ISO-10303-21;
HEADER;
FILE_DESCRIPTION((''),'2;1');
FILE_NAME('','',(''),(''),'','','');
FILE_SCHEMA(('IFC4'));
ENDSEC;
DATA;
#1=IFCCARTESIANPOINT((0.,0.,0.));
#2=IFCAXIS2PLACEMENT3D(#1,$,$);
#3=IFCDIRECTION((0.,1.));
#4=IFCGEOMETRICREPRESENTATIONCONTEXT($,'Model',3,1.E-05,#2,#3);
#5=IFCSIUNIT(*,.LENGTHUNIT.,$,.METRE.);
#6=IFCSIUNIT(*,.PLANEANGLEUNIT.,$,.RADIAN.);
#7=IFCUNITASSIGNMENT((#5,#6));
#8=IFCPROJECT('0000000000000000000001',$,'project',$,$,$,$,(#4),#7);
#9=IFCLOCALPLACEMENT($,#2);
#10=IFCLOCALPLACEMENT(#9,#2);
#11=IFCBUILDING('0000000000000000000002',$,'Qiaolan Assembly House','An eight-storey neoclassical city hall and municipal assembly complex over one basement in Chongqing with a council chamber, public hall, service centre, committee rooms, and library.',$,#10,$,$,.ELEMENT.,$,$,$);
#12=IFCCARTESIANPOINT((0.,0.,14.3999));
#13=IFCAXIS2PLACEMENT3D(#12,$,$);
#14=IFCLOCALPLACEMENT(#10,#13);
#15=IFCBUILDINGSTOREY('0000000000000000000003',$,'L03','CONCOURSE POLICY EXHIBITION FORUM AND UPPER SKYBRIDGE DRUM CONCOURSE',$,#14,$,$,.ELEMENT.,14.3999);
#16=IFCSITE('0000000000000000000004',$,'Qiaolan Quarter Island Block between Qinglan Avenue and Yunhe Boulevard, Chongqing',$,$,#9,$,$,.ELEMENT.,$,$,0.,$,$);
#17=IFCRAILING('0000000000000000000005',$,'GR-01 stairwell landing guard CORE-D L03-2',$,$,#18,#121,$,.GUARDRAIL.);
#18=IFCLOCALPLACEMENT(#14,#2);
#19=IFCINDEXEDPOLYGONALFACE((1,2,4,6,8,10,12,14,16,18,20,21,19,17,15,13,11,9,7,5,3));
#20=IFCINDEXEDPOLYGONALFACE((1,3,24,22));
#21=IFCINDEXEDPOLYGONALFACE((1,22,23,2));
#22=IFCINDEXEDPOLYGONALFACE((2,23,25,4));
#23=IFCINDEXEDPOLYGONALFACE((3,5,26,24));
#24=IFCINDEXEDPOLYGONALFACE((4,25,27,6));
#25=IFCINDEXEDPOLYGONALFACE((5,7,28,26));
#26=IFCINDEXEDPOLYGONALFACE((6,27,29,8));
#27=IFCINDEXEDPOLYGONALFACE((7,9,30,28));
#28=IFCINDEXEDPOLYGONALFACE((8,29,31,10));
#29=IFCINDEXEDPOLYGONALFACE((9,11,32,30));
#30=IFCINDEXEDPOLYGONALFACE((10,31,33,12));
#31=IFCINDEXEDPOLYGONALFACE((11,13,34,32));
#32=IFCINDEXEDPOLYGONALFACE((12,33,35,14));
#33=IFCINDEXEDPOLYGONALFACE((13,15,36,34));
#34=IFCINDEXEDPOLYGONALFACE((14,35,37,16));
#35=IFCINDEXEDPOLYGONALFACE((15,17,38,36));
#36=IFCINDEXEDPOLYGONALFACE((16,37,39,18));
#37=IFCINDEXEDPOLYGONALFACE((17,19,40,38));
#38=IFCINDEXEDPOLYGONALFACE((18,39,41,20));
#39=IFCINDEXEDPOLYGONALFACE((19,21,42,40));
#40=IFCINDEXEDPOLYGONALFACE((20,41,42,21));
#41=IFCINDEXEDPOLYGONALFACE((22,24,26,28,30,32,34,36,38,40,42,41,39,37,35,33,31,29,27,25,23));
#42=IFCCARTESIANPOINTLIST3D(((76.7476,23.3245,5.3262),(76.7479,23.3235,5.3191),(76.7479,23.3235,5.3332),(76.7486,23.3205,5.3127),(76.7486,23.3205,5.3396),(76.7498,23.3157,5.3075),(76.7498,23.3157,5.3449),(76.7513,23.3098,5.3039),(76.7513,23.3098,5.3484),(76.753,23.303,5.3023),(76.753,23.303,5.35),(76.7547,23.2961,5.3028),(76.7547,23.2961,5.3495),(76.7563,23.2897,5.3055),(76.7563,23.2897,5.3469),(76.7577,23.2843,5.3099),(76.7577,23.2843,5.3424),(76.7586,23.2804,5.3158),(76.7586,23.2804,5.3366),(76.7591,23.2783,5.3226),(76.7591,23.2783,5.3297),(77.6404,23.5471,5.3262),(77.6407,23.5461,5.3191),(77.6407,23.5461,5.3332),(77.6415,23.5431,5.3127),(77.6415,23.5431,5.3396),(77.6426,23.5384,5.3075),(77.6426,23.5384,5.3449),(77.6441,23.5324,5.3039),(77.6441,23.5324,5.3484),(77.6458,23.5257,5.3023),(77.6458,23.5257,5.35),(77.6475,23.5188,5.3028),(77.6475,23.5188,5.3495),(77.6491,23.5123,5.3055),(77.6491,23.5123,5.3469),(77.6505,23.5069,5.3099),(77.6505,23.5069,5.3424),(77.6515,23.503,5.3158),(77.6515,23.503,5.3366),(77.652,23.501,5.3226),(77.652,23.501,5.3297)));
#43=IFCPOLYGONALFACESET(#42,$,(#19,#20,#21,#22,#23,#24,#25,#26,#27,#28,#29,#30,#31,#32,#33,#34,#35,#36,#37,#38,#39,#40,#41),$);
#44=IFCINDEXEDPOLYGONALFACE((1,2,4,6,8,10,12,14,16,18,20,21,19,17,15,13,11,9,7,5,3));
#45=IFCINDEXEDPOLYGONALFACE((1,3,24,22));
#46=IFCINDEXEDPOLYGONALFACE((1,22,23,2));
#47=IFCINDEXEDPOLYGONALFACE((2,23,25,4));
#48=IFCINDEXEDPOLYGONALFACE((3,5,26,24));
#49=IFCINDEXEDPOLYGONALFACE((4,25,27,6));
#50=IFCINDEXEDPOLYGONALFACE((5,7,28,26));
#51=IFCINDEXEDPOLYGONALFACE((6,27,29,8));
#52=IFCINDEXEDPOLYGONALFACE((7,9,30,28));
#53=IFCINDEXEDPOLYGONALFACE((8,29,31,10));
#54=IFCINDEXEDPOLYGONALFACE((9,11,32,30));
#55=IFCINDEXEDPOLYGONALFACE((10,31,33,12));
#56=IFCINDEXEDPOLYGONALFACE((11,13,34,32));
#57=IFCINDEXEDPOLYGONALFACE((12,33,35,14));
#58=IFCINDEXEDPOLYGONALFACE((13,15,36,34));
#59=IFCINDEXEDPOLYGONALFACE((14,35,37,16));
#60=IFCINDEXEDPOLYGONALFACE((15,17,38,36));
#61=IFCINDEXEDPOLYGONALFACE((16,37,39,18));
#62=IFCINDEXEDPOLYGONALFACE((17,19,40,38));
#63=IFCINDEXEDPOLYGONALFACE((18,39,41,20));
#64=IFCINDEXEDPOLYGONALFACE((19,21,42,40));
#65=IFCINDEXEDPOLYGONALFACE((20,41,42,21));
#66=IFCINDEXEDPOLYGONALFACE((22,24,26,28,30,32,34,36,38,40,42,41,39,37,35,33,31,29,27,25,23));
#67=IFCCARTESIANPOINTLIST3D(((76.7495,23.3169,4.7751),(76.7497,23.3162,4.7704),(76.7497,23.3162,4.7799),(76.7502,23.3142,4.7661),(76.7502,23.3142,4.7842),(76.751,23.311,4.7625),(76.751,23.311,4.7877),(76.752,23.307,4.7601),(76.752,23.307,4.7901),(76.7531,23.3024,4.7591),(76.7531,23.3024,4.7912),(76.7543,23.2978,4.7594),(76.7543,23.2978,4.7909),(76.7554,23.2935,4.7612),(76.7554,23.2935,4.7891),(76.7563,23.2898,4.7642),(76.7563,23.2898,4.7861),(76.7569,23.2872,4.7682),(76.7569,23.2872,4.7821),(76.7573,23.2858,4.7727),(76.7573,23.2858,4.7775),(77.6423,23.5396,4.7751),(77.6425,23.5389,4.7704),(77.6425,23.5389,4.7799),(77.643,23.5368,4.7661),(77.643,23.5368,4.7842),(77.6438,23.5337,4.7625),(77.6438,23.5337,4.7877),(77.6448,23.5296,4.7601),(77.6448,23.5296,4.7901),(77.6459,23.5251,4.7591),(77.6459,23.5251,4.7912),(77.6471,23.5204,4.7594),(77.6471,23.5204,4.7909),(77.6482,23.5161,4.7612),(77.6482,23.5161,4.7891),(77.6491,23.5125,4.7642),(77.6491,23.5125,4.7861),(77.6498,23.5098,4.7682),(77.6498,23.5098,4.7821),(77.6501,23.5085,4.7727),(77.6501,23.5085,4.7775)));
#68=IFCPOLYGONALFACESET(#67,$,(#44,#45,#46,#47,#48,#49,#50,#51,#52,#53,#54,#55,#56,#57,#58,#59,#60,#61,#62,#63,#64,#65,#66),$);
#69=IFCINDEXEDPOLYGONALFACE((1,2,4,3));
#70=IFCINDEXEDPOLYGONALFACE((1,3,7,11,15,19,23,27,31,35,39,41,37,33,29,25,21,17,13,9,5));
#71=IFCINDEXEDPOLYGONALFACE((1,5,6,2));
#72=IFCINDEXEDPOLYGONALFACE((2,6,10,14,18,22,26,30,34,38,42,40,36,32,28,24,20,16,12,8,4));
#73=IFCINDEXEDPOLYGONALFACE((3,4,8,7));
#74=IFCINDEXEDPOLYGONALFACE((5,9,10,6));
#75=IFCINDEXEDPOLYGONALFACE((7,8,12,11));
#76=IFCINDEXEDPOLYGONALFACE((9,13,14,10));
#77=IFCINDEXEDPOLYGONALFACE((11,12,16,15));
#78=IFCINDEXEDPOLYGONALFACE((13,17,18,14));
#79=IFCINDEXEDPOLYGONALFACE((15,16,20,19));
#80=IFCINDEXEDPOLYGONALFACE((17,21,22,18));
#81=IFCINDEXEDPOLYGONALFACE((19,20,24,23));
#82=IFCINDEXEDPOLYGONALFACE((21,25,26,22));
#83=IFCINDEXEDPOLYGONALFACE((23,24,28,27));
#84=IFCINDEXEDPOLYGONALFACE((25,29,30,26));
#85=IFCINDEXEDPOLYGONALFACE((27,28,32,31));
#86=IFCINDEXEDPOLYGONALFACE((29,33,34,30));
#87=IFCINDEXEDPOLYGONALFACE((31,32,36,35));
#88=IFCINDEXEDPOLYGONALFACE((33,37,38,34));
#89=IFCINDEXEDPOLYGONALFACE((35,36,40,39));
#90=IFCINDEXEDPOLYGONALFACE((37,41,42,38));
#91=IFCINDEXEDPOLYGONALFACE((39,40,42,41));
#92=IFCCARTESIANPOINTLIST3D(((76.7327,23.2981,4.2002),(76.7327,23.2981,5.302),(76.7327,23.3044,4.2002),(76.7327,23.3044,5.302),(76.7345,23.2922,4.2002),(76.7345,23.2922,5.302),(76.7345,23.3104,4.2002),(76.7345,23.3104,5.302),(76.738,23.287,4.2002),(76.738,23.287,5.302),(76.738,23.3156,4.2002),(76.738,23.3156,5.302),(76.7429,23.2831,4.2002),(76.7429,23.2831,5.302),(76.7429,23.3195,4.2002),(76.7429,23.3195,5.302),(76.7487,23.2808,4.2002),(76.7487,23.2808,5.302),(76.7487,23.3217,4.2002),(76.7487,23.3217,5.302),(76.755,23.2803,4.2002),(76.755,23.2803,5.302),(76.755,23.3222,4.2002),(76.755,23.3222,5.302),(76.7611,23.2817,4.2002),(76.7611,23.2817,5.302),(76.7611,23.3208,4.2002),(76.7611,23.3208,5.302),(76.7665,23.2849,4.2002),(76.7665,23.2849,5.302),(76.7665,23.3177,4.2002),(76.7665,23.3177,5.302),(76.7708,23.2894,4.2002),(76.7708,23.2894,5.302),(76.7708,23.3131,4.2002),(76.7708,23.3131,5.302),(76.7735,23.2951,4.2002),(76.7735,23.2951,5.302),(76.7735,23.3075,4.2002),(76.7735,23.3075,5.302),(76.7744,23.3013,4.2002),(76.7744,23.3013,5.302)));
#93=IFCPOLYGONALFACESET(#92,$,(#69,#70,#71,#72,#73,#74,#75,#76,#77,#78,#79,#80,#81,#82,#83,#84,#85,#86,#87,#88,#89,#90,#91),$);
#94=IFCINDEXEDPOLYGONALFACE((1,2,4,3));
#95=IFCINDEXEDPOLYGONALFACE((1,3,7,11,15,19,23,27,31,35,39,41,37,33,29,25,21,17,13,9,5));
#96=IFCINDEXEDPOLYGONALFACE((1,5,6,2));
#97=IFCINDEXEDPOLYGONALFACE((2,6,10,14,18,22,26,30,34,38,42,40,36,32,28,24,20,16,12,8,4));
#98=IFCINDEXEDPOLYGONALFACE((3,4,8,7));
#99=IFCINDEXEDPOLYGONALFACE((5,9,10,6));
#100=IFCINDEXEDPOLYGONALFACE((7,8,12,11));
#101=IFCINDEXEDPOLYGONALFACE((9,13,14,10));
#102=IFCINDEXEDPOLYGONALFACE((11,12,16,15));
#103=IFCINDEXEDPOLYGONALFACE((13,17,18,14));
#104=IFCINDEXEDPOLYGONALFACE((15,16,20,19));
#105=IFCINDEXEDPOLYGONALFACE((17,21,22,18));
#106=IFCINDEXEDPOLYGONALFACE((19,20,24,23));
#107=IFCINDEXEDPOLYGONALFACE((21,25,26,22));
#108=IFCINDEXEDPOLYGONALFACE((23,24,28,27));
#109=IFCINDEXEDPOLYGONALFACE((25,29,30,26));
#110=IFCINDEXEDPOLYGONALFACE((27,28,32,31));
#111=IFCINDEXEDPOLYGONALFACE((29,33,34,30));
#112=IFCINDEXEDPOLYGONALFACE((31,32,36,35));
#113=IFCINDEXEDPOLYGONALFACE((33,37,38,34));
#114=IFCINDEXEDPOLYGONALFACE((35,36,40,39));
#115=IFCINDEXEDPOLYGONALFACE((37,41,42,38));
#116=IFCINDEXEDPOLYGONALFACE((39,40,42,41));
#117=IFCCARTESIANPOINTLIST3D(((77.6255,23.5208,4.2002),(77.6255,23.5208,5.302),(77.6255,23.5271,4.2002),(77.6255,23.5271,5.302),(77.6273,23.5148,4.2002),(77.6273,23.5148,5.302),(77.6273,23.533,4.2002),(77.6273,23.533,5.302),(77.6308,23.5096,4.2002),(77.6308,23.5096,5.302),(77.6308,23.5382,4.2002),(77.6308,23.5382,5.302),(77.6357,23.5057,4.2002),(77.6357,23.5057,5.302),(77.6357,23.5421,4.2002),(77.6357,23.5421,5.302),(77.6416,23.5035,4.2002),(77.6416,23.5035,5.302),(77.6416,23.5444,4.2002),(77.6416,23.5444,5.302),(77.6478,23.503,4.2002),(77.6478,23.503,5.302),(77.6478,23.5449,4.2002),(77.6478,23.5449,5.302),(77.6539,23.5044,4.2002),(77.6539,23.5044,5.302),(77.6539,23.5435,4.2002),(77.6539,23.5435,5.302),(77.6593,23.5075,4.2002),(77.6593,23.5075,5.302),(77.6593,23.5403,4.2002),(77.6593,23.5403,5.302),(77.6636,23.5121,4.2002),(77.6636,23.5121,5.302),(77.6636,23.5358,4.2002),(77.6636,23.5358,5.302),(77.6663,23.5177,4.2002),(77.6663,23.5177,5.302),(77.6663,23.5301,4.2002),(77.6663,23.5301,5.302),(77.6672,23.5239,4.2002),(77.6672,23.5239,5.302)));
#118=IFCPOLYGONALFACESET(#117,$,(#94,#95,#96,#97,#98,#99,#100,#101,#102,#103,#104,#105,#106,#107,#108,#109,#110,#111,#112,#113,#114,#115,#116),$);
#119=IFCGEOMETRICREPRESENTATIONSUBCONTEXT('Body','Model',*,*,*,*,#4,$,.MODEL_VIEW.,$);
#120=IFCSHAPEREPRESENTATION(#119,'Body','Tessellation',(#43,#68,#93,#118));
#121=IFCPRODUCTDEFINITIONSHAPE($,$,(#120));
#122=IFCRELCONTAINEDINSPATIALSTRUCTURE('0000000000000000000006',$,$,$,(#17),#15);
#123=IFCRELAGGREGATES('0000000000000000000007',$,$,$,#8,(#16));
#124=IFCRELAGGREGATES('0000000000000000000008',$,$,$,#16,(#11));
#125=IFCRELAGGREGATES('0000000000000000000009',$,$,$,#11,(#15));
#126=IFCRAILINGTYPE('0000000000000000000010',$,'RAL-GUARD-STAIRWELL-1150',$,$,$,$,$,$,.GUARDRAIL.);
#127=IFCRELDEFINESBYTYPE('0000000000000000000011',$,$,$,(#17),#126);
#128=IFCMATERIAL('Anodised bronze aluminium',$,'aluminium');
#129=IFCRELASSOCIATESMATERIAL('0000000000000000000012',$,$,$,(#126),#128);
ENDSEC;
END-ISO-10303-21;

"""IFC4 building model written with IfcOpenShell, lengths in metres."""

from ifc_helpers import new_model, si_unit, direction, frame, origin, origin_2d, place, context, subcontext, project, spatial, circle, extrude, material, type_object, element, save


model = new_model("IFC4")

# Units and contexts
model_context = context("Model", 3, precision=1e-05, world=origin(), true_north=direction((0.0, 1.0)))
body_context = subcontext(model_context, "Body", "Model", "MODEL_VIEW")
ifc_project = project(units=[si_unit("LENGTHUNIT", "METRE"), si_unit("PLANEANGLEUNIT", "RADIAN")], contexts=[model_context])

# Site, building, storey
site_placement = place(None, origin())
site = spatial("IfcSite", under=ifc_project, at=site_placement, Name="Qiaolan Quarter Island Block between Qinglan Avenue and Yunhe Boulevard, Chongqing", CompositionType="ELEMENT", RefElevation=0.0)
building_placement = place(site_placement, origin())
building = spatial("IfcBuilding", under=site, at=building_placement, Name="Qiaolan Assembly House", Description="An eight-storey neoclassical city hall and municipal assembly complex over one basement in Chongqing with a council chamber, public hall, service centre, committee rooms, and library.", CompositionType="ELEMENT")
storey_placement = place(building_placement, frame((0.0, 0.0, 14.3999)))
storey = spatial("IfcBuildingStorey", under=building, at=storey_placement, Name="L03", Description="CONCOURSE POLICY EXHIBITION FORUM AND UPPER SKYBRIDGE DRUM CONCOURSE", CompositionType="ELEMENT", Elevation=14.3999)

# Railing
ifc_material_1 = material(Name="Anodised bronze aluminium", Category="aluminium")
railing_type_1 = type_object("IfcRailingType", Name="RAL-GUARD-STAIRWELL-1150", PredefinedType="GUARDRAIL", material=ifc_material_1)
railing_1_placement = place(storey_placement, frame((76.7534, 23.3013, 4.2002)))
element("IfcRailing", 1, at=railing_1_placement, inside=storey, type_object=railing_type_1, Name="GR-01 stairwell landing guard CORE-D L03-2", PredefinedType="GUARDRAIL", context=body_context, shape_type="SweptSolid", body=[
    extrude(circle(Radius=0.0239, at=origin_2d()), frame((0.0, 0.0, 1.126), z_axis=(0.970283, 0.241974, 0.0), x_axis=(-0.241974, 0.970283, 0.0)), (0.0, 0.0, 1.0), 0.9202),
    extrude(circle(Radius=0.0161, at=origin_2d()), frame((0.0, 0.0, 0.575), z_axis=(0.970283, 0.241974, 0.0), x_axis=(-0.241974, 0.970283, 0.0)), (0.0, 0.0, 1.0), 0.9202),
    extrude(circle(Radius=0.021, at=origin_2d()), origin(), (0.0, 0.0, 1.0), 1.1018),
    extrude(circle(Radius=0.021, at=origin_2d()), frame((0.8928, 0.2227, 0.0)), (0.0, 0.0, 1.0), 1.1018),
])

save(model, "model.ifc")
